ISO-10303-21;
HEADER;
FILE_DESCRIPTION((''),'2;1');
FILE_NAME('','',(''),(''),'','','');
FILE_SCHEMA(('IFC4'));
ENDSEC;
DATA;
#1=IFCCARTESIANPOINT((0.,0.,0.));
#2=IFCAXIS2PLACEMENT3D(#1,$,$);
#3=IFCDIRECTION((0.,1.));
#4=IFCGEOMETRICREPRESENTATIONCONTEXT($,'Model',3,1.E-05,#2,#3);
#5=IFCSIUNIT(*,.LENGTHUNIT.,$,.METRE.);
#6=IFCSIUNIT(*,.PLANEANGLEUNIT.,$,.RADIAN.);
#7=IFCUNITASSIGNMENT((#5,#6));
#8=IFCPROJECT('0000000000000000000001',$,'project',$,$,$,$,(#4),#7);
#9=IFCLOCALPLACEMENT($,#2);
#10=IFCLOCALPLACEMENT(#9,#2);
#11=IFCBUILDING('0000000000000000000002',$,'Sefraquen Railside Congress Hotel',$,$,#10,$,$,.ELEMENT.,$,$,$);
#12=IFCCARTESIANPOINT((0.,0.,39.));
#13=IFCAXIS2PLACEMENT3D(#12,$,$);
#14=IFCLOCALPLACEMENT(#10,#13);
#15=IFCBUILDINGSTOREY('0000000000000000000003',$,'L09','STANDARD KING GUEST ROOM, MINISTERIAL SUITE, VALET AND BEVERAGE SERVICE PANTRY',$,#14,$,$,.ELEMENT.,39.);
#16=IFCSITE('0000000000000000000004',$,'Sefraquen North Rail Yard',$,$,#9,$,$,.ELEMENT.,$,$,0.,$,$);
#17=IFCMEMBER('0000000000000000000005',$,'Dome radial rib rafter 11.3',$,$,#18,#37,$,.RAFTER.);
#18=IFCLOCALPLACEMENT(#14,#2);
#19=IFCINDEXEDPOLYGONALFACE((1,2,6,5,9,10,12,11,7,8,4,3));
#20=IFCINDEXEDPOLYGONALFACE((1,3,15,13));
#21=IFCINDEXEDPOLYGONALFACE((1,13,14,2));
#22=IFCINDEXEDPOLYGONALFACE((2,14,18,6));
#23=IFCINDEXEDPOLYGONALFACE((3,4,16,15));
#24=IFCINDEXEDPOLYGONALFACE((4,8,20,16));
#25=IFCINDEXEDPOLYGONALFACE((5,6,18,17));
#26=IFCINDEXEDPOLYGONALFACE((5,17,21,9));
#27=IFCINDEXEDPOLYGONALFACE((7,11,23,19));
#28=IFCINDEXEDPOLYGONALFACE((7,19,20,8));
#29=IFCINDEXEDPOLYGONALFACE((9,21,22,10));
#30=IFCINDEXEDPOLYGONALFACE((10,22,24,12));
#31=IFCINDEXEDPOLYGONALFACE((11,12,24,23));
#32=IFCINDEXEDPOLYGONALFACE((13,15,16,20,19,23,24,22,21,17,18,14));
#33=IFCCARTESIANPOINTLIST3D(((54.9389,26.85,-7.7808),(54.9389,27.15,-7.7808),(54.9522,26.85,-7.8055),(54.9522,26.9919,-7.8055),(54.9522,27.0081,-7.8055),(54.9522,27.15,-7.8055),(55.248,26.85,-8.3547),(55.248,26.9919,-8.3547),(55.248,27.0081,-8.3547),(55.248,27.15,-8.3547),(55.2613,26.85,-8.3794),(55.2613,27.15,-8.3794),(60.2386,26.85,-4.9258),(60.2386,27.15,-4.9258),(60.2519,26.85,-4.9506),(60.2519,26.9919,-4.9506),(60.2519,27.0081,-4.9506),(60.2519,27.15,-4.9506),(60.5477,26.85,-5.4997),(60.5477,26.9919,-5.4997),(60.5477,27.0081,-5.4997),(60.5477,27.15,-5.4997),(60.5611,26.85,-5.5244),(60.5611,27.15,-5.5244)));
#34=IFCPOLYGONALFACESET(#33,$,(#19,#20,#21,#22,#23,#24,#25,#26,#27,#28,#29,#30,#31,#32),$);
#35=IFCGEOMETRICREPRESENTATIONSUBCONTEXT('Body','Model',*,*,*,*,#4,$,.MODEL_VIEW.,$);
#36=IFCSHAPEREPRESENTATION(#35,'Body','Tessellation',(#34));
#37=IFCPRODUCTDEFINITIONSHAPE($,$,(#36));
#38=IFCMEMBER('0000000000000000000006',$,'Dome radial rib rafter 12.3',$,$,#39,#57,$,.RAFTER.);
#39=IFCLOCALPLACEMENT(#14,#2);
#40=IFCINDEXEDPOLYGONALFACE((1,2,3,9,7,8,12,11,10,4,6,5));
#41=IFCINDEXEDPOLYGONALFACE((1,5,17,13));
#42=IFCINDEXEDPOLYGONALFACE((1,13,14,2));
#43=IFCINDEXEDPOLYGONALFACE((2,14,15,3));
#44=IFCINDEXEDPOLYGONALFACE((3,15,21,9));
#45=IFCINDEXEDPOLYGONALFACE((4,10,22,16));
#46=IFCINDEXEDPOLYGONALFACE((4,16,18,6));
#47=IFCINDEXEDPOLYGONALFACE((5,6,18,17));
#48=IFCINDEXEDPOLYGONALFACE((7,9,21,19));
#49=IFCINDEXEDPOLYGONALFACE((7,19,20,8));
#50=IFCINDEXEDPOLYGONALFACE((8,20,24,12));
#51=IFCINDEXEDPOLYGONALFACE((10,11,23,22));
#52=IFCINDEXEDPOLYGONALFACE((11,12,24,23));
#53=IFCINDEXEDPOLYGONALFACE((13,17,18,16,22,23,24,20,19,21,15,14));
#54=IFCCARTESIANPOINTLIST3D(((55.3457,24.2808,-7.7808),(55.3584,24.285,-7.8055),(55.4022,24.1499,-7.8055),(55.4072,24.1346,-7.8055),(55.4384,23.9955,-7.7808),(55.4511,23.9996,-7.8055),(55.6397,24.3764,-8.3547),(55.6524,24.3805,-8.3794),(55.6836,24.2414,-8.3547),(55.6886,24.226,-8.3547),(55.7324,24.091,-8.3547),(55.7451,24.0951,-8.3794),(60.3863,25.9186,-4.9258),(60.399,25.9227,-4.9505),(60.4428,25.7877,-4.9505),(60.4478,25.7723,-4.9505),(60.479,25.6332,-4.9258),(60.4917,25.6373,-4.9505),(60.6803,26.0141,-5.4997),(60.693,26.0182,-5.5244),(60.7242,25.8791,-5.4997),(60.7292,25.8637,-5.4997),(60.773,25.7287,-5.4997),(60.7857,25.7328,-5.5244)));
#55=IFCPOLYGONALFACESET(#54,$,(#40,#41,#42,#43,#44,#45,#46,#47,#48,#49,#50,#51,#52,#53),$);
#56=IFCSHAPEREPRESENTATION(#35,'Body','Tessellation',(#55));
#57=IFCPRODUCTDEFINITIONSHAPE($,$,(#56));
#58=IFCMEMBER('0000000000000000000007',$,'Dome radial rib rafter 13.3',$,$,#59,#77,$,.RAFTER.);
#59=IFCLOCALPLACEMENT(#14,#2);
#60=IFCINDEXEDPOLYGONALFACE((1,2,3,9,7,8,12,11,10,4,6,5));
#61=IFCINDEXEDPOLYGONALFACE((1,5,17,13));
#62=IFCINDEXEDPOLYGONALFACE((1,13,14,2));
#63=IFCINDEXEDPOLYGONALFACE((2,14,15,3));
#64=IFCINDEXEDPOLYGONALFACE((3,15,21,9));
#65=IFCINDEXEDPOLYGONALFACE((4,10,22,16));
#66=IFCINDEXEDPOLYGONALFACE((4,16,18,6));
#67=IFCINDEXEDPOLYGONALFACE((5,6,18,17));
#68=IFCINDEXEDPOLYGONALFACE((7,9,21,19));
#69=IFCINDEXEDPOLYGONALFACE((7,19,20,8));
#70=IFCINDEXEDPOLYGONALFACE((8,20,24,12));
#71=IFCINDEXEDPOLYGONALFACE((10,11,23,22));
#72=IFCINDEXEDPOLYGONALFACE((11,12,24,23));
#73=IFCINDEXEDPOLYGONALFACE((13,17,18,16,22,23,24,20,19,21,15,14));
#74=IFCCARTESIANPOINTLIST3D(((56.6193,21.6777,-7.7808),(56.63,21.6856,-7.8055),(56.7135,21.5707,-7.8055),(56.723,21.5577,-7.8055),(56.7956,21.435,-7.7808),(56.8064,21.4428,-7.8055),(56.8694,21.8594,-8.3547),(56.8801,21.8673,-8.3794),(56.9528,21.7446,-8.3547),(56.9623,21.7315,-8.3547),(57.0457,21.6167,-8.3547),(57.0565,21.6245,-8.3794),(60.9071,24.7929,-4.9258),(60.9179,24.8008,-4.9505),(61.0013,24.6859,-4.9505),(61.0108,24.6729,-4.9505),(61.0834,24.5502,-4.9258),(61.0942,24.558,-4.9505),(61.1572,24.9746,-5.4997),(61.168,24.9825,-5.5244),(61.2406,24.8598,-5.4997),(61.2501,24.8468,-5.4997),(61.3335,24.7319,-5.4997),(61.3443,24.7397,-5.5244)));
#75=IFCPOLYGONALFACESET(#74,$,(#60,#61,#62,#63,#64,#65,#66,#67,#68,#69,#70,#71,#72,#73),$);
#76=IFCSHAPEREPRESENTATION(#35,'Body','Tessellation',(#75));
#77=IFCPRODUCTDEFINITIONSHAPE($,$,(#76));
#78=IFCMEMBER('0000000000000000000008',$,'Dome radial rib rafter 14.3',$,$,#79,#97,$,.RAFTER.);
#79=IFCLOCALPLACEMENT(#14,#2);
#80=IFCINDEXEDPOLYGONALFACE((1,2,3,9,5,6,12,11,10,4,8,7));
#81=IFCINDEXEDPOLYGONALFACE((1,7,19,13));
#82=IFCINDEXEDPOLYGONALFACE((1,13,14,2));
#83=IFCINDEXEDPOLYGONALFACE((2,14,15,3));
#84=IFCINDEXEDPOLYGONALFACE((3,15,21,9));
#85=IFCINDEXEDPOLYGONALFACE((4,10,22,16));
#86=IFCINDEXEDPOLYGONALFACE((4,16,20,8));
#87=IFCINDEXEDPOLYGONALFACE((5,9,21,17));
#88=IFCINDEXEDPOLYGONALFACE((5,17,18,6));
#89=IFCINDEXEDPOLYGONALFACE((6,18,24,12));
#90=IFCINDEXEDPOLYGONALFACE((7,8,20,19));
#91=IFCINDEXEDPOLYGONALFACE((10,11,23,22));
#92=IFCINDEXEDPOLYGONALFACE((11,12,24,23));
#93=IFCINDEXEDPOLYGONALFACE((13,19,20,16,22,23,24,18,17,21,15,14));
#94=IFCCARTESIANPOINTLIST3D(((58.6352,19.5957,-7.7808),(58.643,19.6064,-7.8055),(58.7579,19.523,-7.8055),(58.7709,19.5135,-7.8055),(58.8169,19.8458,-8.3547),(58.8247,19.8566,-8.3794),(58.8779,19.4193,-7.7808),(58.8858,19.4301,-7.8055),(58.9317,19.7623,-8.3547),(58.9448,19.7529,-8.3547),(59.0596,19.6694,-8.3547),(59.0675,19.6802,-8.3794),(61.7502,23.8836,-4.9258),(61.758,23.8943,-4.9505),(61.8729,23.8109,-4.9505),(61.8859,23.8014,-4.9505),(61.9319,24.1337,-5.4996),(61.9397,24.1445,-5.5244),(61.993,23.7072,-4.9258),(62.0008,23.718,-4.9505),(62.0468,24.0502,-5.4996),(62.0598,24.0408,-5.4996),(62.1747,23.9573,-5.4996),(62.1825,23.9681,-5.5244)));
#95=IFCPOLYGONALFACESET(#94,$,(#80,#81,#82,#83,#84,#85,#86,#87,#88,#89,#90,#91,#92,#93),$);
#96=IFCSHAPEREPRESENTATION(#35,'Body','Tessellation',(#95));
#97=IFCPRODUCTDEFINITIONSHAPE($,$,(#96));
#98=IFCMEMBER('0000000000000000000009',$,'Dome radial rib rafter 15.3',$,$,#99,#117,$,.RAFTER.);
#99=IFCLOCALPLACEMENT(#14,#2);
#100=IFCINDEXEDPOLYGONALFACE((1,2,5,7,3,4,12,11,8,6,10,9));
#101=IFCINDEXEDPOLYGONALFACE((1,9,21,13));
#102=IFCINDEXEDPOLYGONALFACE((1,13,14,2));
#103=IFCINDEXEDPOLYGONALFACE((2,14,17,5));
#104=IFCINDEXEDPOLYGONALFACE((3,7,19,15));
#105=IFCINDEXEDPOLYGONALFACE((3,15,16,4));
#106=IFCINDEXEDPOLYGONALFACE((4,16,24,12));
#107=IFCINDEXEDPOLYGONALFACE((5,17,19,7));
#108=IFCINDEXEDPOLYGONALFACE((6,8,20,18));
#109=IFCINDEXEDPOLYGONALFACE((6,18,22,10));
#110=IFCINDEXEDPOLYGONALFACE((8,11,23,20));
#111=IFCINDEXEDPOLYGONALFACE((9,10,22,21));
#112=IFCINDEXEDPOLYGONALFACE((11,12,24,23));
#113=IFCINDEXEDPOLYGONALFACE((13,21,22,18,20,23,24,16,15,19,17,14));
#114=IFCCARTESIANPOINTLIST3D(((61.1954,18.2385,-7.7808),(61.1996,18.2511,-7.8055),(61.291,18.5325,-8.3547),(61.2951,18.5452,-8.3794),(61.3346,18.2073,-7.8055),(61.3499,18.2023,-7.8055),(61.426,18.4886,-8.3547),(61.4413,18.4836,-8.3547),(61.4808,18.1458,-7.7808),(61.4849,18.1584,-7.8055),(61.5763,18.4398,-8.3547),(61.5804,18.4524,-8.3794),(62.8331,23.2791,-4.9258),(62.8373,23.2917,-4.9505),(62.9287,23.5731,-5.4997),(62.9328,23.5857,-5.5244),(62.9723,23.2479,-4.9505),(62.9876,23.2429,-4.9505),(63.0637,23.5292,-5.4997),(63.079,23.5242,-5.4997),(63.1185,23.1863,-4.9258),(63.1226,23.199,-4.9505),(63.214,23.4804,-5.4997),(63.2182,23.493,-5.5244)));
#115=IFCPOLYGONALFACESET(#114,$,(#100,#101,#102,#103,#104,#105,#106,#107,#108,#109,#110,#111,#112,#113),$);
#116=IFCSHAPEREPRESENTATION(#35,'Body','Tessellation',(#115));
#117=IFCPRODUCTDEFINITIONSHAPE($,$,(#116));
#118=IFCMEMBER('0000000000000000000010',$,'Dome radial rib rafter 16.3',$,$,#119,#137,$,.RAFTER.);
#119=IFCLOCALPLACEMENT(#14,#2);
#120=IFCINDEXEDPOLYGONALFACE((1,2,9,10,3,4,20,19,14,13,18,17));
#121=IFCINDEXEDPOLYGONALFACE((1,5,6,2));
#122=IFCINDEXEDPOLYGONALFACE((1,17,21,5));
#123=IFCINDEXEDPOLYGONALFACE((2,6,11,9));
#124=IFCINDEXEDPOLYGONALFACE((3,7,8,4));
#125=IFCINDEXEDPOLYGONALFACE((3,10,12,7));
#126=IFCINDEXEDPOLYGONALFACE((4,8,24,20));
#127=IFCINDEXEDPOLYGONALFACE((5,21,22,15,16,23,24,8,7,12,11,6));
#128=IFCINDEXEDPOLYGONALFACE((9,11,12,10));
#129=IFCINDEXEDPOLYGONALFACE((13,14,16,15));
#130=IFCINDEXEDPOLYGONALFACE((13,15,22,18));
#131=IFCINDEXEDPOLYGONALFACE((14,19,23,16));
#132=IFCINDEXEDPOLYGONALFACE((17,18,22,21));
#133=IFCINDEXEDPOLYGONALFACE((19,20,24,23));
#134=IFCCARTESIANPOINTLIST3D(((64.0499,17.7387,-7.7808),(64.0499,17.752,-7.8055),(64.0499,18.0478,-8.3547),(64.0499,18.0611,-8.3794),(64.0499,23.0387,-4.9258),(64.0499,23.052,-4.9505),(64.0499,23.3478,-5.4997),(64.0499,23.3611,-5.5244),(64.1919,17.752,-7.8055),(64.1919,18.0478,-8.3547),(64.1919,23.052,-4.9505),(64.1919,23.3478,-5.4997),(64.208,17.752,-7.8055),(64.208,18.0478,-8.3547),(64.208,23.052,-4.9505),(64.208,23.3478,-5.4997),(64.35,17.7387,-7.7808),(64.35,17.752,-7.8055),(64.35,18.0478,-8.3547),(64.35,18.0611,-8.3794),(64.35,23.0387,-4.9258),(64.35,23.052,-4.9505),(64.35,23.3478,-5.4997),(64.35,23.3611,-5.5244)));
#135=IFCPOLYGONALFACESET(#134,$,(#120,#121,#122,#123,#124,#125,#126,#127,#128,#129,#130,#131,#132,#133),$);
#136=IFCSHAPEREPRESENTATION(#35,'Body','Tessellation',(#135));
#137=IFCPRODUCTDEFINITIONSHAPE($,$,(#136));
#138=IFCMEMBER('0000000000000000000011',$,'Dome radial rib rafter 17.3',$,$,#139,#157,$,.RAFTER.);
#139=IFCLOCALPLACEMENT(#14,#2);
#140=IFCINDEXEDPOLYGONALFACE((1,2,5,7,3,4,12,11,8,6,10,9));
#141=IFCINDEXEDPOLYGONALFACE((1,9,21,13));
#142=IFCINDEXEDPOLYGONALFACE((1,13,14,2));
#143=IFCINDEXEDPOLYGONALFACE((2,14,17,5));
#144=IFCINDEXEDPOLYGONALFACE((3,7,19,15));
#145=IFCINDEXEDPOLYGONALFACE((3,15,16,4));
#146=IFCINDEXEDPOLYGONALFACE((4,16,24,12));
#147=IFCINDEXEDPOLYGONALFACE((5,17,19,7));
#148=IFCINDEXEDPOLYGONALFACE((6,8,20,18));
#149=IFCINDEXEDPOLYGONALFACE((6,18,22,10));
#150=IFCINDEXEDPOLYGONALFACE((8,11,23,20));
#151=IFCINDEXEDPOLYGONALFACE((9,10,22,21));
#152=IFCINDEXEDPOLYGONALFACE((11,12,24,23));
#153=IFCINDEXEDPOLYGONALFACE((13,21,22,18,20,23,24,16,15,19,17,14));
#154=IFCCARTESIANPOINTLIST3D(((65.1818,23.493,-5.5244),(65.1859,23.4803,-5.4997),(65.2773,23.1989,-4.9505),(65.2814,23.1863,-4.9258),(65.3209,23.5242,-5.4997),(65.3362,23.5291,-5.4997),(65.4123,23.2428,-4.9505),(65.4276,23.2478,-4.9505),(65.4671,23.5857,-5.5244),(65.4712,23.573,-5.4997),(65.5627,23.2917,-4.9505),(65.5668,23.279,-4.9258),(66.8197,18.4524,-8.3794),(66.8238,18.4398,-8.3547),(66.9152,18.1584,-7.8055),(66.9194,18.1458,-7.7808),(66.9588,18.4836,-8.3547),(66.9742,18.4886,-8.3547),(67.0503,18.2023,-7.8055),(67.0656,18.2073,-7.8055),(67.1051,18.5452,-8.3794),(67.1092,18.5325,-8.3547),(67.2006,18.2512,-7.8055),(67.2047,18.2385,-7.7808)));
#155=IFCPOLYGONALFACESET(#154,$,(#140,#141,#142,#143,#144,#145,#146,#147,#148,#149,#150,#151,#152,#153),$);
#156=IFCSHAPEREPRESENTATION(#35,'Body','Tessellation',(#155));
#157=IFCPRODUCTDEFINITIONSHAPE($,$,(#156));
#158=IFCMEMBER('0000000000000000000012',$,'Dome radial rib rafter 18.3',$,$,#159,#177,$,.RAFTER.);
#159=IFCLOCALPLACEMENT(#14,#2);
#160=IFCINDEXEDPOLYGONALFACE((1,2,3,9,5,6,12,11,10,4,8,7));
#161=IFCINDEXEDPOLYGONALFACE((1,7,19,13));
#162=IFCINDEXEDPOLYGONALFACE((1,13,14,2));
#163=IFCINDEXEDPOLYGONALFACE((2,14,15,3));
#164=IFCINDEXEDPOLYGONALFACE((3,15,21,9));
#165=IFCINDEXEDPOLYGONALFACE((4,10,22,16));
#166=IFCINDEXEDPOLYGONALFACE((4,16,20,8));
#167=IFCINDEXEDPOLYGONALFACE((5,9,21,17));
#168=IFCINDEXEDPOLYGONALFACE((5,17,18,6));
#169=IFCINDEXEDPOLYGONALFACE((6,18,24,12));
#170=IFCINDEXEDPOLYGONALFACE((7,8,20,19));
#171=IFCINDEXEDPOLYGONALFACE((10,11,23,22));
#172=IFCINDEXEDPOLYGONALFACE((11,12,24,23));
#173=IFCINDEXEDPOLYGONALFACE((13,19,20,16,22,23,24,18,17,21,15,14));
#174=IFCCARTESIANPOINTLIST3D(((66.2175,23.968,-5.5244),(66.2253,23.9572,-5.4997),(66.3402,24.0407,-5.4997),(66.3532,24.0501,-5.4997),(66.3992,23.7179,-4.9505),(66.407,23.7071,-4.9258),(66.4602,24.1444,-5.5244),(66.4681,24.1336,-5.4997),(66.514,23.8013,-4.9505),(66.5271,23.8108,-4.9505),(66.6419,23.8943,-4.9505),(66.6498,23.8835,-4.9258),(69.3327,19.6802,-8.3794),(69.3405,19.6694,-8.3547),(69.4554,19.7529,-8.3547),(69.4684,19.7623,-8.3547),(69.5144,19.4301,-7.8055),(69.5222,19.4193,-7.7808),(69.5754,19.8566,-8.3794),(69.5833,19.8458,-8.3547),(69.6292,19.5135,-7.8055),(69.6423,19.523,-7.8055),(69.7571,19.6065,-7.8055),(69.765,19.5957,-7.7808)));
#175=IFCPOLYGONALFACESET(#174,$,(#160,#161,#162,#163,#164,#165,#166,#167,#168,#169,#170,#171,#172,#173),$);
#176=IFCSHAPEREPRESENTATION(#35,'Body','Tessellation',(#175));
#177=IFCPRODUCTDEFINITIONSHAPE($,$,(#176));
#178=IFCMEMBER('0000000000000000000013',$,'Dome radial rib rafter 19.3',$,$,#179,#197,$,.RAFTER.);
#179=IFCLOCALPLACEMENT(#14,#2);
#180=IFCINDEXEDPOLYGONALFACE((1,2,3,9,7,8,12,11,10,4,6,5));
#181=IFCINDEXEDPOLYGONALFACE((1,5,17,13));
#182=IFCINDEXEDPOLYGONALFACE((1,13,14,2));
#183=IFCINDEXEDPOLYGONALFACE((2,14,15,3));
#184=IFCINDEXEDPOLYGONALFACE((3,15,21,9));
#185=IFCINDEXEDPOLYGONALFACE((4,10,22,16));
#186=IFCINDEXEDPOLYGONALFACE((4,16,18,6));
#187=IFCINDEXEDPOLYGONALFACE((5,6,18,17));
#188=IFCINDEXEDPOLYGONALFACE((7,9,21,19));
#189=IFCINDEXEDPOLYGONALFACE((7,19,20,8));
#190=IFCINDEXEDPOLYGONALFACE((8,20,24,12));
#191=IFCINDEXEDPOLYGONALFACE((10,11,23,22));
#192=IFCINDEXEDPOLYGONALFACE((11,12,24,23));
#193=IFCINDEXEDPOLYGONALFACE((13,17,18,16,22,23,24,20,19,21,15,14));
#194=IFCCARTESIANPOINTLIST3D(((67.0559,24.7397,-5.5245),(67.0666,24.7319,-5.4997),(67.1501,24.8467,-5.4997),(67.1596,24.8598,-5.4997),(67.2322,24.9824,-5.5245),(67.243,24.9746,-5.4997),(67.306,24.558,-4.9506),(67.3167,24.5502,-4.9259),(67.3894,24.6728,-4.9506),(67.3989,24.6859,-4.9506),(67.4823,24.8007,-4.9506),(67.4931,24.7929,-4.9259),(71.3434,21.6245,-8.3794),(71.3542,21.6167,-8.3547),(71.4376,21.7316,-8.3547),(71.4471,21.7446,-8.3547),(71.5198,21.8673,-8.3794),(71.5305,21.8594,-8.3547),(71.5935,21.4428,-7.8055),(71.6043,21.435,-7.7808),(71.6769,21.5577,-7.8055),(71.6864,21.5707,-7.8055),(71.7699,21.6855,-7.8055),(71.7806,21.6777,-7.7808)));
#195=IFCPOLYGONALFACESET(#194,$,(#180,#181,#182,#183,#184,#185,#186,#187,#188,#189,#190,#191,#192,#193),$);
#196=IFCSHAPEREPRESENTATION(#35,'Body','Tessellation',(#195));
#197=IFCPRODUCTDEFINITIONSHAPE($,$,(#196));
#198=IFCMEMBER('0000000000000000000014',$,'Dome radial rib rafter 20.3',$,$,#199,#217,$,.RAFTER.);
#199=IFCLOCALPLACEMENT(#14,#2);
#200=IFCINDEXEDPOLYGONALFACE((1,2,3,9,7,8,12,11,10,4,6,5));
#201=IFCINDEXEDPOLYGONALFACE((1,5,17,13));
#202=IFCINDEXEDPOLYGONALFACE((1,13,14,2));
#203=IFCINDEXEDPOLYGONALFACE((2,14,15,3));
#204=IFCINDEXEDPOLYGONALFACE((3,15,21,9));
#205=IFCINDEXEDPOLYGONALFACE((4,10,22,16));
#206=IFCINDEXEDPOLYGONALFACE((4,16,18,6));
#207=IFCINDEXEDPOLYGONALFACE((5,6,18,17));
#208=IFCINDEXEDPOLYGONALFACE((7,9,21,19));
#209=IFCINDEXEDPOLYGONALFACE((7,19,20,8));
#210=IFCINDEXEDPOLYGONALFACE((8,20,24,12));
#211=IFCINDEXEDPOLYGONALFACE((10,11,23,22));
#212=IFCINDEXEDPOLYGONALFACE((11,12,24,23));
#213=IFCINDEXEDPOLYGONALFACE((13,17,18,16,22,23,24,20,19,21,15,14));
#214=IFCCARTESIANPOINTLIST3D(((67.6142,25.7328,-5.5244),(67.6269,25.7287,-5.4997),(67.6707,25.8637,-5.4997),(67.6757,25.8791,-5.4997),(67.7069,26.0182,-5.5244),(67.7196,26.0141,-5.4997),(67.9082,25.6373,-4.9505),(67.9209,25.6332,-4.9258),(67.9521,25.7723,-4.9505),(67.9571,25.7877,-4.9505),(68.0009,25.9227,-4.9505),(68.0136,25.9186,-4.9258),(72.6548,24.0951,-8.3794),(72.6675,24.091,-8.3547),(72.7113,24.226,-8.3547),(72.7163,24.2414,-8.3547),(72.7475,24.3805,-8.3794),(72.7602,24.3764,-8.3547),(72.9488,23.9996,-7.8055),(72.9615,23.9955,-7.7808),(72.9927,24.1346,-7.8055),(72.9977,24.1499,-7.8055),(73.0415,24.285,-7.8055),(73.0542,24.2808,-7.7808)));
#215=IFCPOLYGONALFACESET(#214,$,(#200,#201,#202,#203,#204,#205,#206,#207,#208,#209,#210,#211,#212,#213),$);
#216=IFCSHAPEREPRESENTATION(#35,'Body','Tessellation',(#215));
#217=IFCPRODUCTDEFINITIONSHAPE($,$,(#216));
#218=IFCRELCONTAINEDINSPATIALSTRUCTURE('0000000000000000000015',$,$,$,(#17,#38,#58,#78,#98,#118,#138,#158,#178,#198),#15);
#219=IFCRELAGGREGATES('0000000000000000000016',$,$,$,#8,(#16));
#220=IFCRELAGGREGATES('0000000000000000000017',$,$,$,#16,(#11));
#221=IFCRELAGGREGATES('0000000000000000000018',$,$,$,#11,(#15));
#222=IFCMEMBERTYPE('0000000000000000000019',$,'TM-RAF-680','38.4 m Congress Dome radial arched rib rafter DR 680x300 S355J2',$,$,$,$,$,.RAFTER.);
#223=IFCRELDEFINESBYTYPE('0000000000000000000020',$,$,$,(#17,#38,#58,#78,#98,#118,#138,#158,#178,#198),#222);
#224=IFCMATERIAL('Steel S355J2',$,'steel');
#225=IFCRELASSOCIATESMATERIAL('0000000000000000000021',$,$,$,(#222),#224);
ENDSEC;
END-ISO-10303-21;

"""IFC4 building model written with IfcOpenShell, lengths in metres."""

from ifc_helpers import new_model, si_unit, direction, frame, origin, origin_2d, place, context, subcontext, project, spatial, i_section, extrude, material, material_profile, profile_set, type_object, element, save


model = new_model("IFC4")

# Units and contexts
model_context = context("Model", 3, precision=1e-05, world=origin(), true_north=direction((0.0, 1.0)))
body_context = subcontext(model_context, "Body", "Model", "MODEL_VIEW")
ifc_project = project(units=[si_unit("LENGTHUNIT", "METRE"), si_unit("PLANEANGLEUNIT", "RADIAN")], contexts=[model_context])

# Site, building, storey
site_placement = place(None, origin())
site = spatial("IfcSite", under=ifc_project, at=site_placement, Name="Sefraquen North Rail Yard", CompositionType="ELEMENT", RefElevation=0.0)
building_placement = place(site_placement, origin())
building = spatial("IfcBuilding", under=site, at=building_placement, Name="Sefraquen Railside Congress Hotel", CompositionType="ELEMENT")
storey_placement = place(building_placement, frame((0.0, 0.0, 39.0)))
storey = spatial("IfcBuildingStorey", under=building, at=storey_placement, Name="L09", Description="STANDARD KING GUEST ROOM, MINISTERIAL SUITE, VALET AND BEVERAGE SERVICE PANTRY", CompositionType="ELEMENT", Elevation=39.0)

# Members
ifc_material_1 = material(Name="Steel S355J2", Category="steel")
ifc_material_profile_1 = material_profile(ifc_material_1, i_section(OverallWidth=0.3, OverallDepth=0.6799, WebThickness=0.0161, FlangeThickness=0.0281, at=origin_2d()), Name="DR 680x300")
ifc_profile_set_1 = profile_set([ifc_material_profile_1], Name="Steel S355J2")
member_type_1 = type_object("IfcMemberType", Name="TM-RAF-680", Description="38.4 m Congress Dome radial arched rib rafter DR 680x300 S355J2", PredefinedType="RAFTER", material=ifc_profile_set_1)
member_1_placement = place(storey_placement, frame((55.1001, 27.0, -8.0801), z_axis=(0.880385, 0.0, 0.474259), x_axis=(0.0, 1.0, 0.0)))
element("IfcMember", 1, at=member_1_placement, inside=storey, type_object=member_type_1, Name="Dome radial rib rafter 11.3", PredefinedType="RAFTER", context=body_context, shape_type="SweptSolid", body=[
    extrude(i_section(OverallWidth=0.3, OverallDepth=0.6799, WebThickness=0.0161, FlangeThickness=0.0281, at=origin_2d()), origin(), (0.0, 0.0, 1.0), 6.0198),
])
for number, where, z_axis, x_axis, name in (
    (2, (55.5454, 24.188, -8.0801), (0.837303, 0.272044, 0.474253), (-0.309005, 0.95106, 0.0), "Dome radial rib rafter 12.3"),
    (3, (56.8379, 21.6511, -8.0801), (0.712258, 0.517475, 0.474244), (-0.587777, 0.809023, 0.0), "Dome radial rib rafter 13.3"),
    (4, (58.8513, 19.6379, -8.0801), (0.517445, 0.712273, 0.474254), (-0.809045, 0.587747, 0.0), "Dome radial rib rafter 14.3"),
    (5, (61.3879, 18.3455, -8.0801), (0.272044, 0.837303, 0.474253), (-0.95106, 0.309005, 0.0), "Dome radial rib rafter 15.3"),
    (6, (64.2, 17.8999, -8.0801), (0.0, 0.880394, 0.474243), (-1.0, 0.0, 0.0), "Dome radial rib rafter 16.3"),
    (7, (67.0122, 18.3455, -8.0801), (-0.272082, 0.837294, 0.474247), (-0.951047, -0.309046, 0.0), "Dome radial rib rafter 17.3"),
    (8, (69.5488, 19.6379, -8.0801), (-0.517475, 0.712258, 0.474244), (-0.809023, -0.587777, 0.0), "Dome radial rib rafter 18.3"),
):
    element("IfcMember", number, at=place(storey_placement, frame(where, z_axis=z_axis, x_axis=x_axis)), inside=storey, type_object=member_type_1, Name=name, PredefinedType="RAFTER", context=body_context, shape_type="SweptSolid", body=[
        extrude(i_section(OverallWidth=0.3, OverallDepth=0.6799, WebThickness=0.0161, FlangeThickness=0.0281, at=origin_2d()), origin(), (0.0, 0.0, 1.0), 6.02),
    ])
member_2_placement = place(storey_placement, frame((71.562, 21.6511, -8.0801), z_axis=(-0.712238, 0.51749, 0.474258), x_axis=(-0.587799, -0.809007, 0.0)))
element("IfcMember", 9, at=member_2_placement, inside=storey, type_object=member_type_1, Name="Dome radial rib rafter 19.3", PredefinedType="RAFTER", context=body_context, shape_type="SweptSolid", body=[
    extrude(i_section(OverallWidth=0.3, OverallDepth=0.6799, WebThickness=0.0161, FlangeThickness=0.0281, at=origin_2d()), origin(), (0.0, 0.0, 1.0), 6.0198),
])
member_3_placement = place(storey_placement, frame((72.8545, 24.188, -8.0801), z_axis=(-0.837303, 0.272044, 0.474253), x_axis=(-0.309005, -0.95106, 0.0)))
element("IfcMember", 10, at=member_3_placement, inside=storey, type_object=member_type_1, Name="Dome radial rib rafter 20.3", PredefinedType="RAFTER", context=body_context, shape_type="SweptSolid", body=[
    extrude(i_section(OverallWidth=0.3, OverallDepth=0.6799, WebThickness=0.0161, FlangeThickness=0.0281, at=origin_2d()), origin(), (0.0, 0.0, 1.0), 6.02),
])

save(model, "model.ifc")
